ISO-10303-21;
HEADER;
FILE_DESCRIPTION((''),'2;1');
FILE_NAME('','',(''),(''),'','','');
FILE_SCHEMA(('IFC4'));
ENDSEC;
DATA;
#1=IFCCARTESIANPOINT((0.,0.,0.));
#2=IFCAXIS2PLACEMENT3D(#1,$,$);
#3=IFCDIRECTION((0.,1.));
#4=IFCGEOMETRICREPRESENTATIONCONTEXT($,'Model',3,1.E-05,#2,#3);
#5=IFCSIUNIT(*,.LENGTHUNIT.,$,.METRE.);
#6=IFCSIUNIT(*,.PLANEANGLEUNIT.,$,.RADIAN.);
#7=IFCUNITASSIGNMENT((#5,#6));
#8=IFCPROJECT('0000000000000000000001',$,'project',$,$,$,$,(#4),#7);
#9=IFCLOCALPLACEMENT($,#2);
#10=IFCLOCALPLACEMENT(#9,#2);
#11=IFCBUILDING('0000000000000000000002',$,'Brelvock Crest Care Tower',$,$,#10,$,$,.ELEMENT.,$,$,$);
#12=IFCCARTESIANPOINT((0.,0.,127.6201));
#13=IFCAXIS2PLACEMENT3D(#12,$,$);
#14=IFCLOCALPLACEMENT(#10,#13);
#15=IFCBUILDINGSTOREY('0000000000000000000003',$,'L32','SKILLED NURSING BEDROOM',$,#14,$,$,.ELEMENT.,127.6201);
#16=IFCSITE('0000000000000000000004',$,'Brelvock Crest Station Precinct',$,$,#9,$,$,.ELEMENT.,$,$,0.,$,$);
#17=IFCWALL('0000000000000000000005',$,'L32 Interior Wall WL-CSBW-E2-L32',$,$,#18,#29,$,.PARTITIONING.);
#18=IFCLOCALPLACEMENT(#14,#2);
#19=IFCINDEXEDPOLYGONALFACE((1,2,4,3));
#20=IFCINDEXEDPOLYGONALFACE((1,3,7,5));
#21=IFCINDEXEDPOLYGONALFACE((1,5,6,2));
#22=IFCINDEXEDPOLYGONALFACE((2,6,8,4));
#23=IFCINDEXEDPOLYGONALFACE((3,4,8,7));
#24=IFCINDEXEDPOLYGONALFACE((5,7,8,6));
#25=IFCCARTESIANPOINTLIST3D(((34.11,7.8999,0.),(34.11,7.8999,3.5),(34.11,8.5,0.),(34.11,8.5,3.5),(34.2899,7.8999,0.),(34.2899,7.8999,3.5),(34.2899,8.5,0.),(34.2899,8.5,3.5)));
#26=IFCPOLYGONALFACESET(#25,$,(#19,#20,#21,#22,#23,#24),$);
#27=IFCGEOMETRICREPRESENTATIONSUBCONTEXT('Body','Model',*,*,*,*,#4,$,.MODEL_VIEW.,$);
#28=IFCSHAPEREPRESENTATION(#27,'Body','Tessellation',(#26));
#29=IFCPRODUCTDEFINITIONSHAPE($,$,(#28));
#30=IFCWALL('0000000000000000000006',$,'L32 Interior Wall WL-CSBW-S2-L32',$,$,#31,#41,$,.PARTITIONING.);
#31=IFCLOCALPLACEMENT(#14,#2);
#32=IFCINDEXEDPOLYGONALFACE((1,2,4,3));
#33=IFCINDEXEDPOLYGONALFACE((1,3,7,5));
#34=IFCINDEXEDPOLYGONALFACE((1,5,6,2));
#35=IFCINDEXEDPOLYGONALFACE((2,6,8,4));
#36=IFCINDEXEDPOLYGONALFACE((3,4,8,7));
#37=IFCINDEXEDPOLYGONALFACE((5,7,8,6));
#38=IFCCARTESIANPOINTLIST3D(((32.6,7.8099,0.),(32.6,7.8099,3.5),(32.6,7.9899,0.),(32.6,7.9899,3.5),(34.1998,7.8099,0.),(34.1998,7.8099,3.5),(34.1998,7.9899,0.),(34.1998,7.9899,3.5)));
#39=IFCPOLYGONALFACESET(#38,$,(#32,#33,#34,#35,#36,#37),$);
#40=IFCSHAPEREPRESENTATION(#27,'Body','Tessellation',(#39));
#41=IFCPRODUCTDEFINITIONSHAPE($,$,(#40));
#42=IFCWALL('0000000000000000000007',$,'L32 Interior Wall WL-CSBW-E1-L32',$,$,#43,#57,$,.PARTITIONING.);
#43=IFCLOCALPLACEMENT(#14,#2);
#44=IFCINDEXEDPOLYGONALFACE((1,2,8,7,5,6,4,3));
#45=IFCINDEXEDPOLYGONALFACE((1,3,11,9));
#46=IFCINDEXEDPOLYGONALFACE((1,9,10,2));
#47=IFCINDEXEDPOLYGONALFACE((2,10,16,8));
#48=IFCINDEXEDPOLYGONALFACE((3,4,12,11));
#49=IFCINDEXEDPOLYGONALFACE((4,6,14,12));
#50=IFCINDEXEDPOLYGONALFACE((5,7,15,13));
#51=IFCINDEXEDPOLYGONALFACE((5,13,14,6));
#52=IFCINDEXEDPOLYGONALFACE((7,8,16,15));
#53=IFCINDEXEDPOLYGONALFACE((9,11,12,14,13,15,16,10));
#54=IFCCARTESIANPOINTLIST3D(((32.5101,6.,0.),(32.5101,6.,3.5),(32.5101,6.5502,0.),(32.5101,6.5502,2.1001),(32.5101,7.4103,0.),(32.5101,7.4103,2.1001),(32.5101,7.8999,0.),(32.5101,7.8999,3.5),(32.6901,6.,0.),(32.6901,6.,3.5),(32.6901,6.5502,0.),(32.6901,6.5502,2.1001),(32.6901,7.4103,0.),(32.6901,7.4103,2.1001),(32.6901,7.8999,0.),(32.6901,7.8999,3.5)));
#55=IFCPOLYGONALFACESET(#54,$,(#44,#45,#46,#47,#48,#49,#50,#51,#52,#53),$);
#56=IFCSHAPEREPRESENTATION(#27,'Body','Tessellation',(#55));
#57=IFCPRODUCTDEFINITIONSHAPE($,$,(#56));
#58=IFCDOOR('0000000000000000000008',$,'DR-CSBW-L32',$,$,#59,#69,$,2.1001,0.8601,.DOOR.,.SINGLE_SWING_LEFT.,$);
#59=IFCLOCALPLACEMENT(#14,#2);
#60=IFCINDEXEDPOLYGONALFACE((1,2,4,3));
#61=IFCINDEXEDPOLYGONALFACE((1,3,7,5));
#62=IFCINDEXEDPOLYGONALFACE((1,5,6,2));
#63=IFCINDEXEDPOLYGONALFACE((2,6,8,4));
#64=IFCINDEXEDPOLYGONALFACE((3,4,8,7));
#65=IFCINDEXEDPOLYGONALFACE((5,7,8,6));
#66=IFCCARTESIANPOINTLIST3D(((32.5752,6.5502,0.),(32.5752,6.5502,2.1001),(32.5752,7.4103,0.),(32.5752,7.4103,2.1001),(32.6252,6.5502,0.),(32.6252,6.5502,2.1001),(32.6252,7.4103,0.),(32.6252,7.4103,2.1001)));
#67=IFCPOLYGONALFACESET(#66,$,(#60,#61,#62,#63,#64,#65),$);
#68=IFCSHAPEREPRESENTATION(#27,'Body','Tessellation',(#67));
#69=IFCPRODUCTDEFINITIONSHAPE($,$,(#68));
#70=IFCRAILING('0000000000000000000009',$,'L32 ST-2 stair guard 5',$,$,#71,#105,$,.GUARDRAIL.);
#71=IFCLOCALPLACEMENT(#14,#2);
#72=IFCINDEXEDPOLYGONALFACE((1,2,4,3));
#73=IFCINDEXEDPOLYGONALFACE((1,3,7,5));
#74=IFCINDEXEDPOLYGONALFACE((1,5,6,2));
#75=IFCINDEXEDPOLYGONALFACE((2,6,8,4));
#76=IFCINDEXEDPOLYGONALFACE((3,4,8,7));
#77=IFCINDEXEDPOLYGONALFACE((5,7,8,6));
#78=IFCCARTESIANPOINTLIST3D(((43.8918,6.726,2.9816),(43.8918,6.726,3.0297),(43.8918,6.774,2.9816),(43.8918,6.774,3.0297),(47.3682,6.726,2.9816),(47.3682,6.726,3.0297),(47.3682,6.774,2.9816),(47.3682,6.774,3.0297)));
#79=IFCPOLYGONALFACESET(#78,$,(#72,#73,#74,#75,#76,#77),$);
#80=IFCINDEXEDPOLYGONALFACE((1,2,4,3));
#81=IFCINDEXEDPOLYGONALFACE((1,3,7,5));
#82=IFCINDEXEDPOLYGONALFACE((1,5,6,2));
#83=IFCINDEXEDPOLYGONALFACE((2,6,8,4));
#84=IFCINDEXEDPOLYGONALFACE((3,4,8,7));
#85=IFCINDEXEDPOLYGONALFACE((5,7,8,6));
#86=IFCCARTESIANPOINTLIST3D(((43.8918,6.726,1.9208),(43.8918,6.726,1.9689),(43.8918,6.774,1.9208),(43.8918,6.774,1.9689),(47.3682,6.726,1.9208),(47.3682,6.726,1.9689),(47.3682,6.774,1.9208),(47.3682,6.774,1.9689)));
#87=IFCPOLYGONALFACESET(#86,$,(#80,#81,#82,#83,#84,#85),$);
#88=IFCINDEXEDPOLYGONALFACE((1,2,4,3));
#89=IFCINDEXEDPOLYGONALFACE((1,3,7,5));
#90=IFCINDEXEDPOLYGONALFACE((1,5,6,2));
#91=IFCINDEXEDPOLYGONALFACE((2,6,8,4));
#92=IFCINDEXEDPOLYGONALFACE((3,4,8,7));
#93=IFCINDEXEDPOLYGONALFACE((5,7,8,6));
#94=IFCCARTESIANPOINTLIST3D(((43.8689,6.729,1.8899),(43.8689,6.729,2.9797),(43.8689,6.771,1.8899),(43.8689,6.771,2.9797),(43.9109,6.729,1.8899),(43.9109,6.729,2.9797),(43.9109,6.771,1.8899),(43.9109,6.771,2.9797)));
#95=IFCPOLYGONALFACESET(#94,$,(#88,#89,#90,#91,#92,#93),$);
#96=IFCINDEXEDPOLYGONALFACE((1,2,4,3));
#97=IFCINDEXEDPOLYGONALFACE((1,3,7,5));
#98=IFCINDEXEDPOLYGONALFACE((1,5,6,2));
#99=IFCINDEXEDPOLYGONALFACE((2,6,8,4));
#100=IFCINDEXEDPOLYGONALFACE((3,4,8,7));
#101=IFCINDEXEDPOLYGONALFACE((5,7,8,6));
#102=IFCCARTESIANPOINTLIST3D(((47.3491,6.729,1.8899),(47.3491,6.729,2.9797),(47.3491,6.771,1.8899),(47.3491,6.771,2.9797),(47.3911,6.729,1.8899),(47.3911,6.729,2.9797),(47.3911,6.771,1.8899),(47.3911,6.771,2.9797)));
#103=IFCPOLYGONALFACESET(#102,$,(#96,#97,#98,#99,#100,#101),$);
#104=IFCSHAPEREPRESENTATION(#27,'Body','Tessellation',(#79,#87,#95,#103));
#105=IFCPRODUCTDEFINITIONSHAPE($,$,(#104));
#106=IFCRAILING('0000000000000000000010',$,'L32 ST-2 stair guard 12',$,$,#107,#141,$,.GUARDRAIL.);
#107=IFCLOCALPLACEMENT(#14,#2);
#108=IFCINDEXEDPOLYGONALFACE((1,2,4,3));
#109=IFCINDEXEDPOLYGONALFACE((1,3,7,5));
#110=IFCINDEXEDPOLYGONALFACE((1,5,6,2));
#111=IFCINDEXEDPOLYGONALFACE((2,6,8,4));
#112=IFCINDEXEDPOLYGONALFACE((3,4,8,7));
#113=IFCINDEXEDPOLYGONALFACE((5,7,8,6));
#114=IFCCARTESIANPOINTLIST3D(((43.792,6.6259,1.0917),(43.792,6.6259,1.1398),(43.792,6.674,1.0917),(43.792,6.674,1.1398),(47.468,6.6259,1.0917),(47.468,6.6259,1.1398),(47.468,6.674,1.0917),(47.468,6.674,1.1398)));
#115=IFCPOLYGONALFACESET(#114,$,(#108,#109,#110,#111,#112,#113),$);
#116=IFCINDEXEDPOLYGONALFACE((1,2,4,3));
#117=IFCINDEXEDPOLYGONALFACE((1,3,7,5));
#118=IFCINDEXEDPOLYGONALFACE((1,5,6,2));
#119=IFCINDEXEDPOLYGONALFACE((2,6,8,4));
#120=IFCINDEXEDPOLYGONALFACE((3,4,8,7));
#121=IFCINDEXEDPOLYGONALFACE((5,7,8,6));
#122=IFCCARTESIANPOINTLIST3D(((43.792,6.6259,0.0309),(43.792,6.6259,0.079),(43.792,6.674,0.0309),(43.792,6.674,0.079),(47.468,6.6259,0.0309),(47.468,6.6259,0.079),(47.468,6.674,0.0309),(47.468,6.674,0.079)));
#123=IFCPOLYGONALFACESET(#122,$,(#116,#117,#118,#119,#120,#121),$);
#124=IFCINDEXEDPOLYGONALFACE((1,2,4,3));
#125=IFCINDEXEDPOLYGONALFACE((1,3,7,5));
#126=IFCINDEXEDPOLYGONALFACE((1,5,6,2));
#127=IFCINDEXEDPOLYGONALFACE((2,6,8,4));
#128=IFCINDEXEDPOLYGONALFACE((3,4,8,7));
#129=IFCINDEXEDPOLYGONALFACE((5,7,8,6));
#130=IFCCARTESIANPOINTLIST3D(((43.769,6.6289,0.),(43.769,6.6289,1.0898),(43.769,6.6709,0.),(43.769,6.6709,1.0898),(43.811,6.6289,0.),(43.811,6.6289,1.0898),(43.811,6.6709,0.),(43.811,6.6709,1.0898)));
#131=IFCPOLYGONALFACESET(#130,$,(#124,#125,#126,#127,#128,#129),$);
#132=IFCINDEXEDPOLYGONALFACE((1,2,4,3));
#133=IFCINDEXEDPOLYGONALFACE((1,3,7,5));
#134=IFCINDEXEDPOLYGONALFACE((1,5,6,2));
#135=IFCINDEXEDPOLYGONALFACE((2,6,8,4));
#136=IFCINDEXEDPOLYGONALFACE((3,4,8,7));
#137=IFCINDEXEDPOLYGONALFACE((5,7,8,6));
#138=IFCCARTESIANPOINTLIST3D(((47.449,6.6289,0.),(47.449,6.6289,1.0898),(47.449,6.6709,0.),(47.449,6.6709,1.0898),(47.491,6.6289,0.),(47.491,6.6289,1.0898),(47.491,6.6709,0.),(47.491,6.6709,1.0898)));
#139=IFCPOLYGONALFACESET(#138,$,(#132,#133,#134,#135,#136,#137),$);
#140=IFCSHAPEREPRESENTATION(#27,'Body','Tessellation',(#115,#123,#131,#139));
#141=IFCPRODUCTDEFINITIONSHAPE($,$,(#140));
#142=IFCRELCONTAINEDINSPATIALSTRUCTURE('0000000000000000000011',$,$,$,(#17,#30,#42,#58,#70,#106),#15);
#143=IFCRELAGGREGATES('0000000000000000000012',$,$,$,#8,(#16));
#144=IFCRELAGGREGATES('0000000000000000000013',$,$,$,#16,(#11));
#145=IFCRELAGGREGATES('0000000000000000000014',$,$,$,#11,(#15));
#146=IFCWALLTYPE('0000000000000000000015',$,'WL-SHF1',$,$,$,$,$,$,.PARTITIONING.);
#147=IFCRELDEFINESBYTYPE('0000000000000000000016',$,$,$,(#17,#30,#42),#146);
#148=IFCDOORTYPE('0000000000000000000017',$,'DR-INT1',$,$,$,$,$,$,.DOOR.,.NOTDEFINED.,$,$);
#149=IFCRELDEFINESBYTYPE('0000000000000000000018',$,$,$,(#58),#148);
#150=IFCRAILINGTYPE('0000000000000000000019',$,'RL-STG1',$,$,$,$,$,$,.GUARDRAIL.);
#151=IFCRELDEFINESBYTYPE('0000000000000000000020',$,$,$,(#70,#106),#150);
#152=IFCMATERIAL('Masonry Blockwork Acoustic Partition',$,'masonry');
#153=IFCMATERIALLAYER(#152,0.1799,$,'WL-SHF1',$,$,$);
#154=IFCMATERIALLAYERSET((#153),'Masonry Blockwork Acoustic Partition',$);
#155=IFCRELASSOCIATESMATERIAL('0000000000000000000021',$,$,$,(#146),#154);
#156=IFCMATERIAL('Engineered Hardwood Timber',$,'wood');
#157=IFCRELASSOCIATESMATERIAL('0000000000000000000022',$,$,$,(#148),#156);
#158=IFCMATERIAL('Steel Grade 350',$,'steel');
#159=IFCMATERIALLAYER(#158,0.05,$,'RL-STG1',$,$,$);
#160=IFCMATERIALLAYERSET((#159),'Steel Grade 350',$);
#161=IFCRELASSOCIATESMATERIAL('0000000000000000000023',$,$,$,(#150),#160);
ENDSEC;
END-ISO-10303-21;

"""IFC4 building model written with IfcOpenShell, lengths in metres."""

from ifc_helpers import new_model, si_unit, direction, frame, frame_2d, origin, origin_2d, place, context, subcontext, project, spatial, rectangle, extrude, source, transform, mapped, material, layer, layer_set, type_object, element, fill, save


model = new_model("IFC4")

# Units and contexts
model_context = context("Model", 3, precision=1e-05, world=origin(), true_north=direction((0.0, 1.0)))
body_context = subcontext(model_context, "Body", "Model", "MODEL_VIEW")
ifc_project = project(units=[si_unit("LENGTHUNIT", "METRE"), si_unit("PLANEANGLEUNIT", "RADIAN")], contexts=[model_context])

# Site, building, storey
site_placement = place(None, origin())
site = spatial("IfcSite", under=ifc_project, at=site_placement, Name="Brelvock Crest Station Precinct", CompositionType="ELEMENT", RefElevation=0.0)
building_placement = place(site_placement, origin())
building = spatial("IfcBuilding", under=site, at=building_placement, Name="Brelvock Crest Care Tower", CompositionType="ELEMENT")
storey_placement = place(building_placement, frame((0.0, 0.0, 127.6201)))
storey = spatial("IfcBuildingStorey", under=building, at=storey_placement, Name="L32", Description="SKILLED NURSING BEDROOM", CompositionType="ELEMENT", Elevation=127.6201)

# Shared definitions
ifc_material_1 = material(Name="Steel Grade 350", Category="steel")

# Walls
ifc_material_2 = material(Name="Masonry Blockwork Acoustic Partition", Category="masonry")
ifc_layer_1 = layer(ifc_material_2, 0.1799, Name="WL-SHF1")
ifc_layer_set_1 = layer_set([ifc_layer_1], Name="Masonry Blockwork Acoustic Partition")
wall_type_1 = type_object("IfcWallType", Name="WL-SHF1", PredefinedType="PARTITIONING", material=ifc_layer_set_1)
wall_1_placement = place(storey_placement, frame((34.2, 7.8999, 0.0), z_axis=(0.0, 0.0, 1.0), x_axis=(0.0, 1.0, 0.0)))
element("IfcWall", 1, at=wall_1_placement, inside=storey, type_object=wall_type_1, Name="L32 Interior Wall WL-CSBW-E2-L32", PredefinedType="PARTITIONING", context=body_context, shape_type="SweptSolid", body=[
    extrude(rectangle(XDim=0.6001, YDim=0.1799, at=frame_2d((0.3, 0.0))), origin(), (0.0, 0.0, 1.0), 3.5),
])
wall_2_placement = place(storey_placement, frame((32.6001, 7.8999, 0.0), z_axis=(0.0, 0.0, 1.0), x_axis=(1.0, 0.0, 0.0)))
element("IfcWall", 2, at=wall_2_placement, inside=storey, type_object=wall_type_1, Name="L32 Interior Wall WL-CSBW-S2-L32", PredefinedType="PARTITIONING", context=body_context, shape_type="SweptSolid", body=[
    extrude(rectangle(XDim=1.5999, YDim=0.1799, at=frame_2d((0.7998, 0.0))), origin(), (0.0, 0.0, 1.0), 3.5),
])

# Wall, opening, door
wall_3_placement = place(storey_placement, frame((32.6001, 6.0, 0.0), z_axis=(0.0, 0.0, 1.0), x_axis=(0.0, 1.0, 0.0)))
wall_3 = element("IfcWall", 3, at=wall_3_placement, inside=storey, type_object=wall_type_1, Name="L32 Interior Wall WL-CSBW-E1-L32", PredefinedType="PARTITIONING", context=body_context, shape_type="SweptSolid", body=[
    extrude(rectangle(XDim=1.8999, YDim=0.1799, at=frame_2d((0.95, 0.0))), origin(), (0.0, 0.0, 1.0), 3.5),
])
opening_placement = place(wall_3_placement, frame((0.55, 0.0, 0.0)))
opening = element("IfcOpeningElement", 4, at=opening_placement, cuts=wall_3, PredefinedType="OPENING", context=body_context, shape_type="SweptSolid", body=[
    extrude(rectangle(XDim=0.8601, YDim=2.1001, at=origin_2d()), frame((0.4302, 0.1001, 1.05), z_axis=(0.0, -1.0, 0.0), x_axis=(1.0, 0.0, 0.0)), (0.0, 0.0, 1.0), 0.2),
])
ifc_material_3 = material(Name="Engineered Hardwood Timber", Category="wood")
door_type = type_object("IfcDoorType", Name="DR-INT1", OperationType="NOTDEFINED", PredefinedType="DOOR", material=ifc_material_3)
shared_shape_1 = source(origin(), body_context, "Body", "SweptSolid", [
    extrude(rectangle(XDim=0.8601, YDim=2.1001, at=origin_2d()), frame((0.4302, 0.0249, 1.05), z_axis=(0.0, -1.0, 0.0), x_axis=(1.0, 0.0, 0.0)), (0.0, 0.0, 1.0), 0.05),
])
door_placement = place(opening_placement, origin())
door = element("IfcDoor", 5, at=door_placement, inside=storey, type_object=door_type, Name="DR-CSBW-L32", OperationType="SINGLE_SWING_LEFT", OverallHeight=2.1001, OverallWidth=0.8601, PredefinedType="DOOR", context=body_context, shape_type="MappedRepresentation", body=[
    mapped(shared_shape_1, transform((0.0, 0.0, 0.0), x_axis=(1.0, 0.0, 0.0), y_axis=(0.0, 1.0, 0.0), z_axis=(0.0, 0.0, 1.0), scale=1.0)),
])
fill(opening, door)

# Railings
ifc_layer_2 = layer(ifc_material_1, 0.05, Name="RL-STG1")
ifc_layer_set_2 = layer_set([ifc_layer_2], Name="Steel Grade 350")
railing_type = type_object("IfcRailingType", Name="RL-STG1", PredefinedType="GUARDRAIL", material=ifc_layer_set_2)
railing_1_placement = place(storey_placement, frame((43.8899, 6.75, 1.8899)))
element("IfcRailing", 6, at=railing_1_placement, inside=storey, type_object=railing_type, Name="L32 ST-2 stair guard 5", PredefinedType="GUARDRAIL", context=body_context, shape_type="SweptSolid", body=[
    extrude(rectangle(XDim=0.0481, YDim=0.0481, at=origin_2d()), frame((0.002, 0.0, 1.1157), z_axis=(1.0, 0.0, 0.0), x_axis=(0.0, 1.0, 0.0)), (0.0, 0.0, 1.0), 3.4763),
    extrude(rectangle(XDim=0.0481, YDim=0.0481, at=origin_2d()), frame((0.002, 0.0, 0.0549), z_axis=(1.0, 0.0, 0.0), x_axis=(0.0, 1.0, 0.0)), (0.0, 0.0, 1.0), 3.4763),
    extrude(rectangle(XDim=0.042, YDim=0.042, at=origin_2d()), origin(), (0.0, 0.0, 1.0), 1.0898),
    extrude(rectangle(XDim=0.042, YDim=0.042, at=origin_2d()), frame((3.4802, 0.0, 0.0)), (0.0, 0.0, 1.0), 1.0898),
])
railing_2_placement = place(storey_placement, frame((43.79, 6.6499, 0.0)))
element("IfcRailing", 7, at=railing_2_placement, inside=storey, type_object=railing_type, Name="L32 ST-2 stair guard 12", PredefinedType="GUARDRAIL", context=body_context, shape_type="SweptSolid", body=[
    extrude(rectangle(XDim=0.0481, YDim=0.0481, at=origin_2d()), frame((0.002, 0.0, 1.1157), z_axis=(1.0, 0.0, 0.0), x_axis=(0.0, 1.0, 0.0)), (0.0, 0.0, 1.0), 3.676),
    extrude(rectangle(XDim=0.0481, YDim=0.0481, at=origin_2d()), frame((0.002, 0.0, 0.0549), z_axis=(1.0, 0.0, 0.0), x_axis=(0.0, 1.0, 0.0)), (0.0, 0.0, 1.0), 3.676),
    extrude(rectangle(XDim=0.042, YDim=0.042, at=origin_2d()), origin(), (0.0, 0.0, 1.0), 1.0898),
    extrude(rectangle(XDim=0.042, YDim=0.042, at=origin_2d()), frame((3.6799, 0.0, 0.0)), (0.0, 0.0, 1.0), 1.0898),
])

save(model, "model.ifc")
